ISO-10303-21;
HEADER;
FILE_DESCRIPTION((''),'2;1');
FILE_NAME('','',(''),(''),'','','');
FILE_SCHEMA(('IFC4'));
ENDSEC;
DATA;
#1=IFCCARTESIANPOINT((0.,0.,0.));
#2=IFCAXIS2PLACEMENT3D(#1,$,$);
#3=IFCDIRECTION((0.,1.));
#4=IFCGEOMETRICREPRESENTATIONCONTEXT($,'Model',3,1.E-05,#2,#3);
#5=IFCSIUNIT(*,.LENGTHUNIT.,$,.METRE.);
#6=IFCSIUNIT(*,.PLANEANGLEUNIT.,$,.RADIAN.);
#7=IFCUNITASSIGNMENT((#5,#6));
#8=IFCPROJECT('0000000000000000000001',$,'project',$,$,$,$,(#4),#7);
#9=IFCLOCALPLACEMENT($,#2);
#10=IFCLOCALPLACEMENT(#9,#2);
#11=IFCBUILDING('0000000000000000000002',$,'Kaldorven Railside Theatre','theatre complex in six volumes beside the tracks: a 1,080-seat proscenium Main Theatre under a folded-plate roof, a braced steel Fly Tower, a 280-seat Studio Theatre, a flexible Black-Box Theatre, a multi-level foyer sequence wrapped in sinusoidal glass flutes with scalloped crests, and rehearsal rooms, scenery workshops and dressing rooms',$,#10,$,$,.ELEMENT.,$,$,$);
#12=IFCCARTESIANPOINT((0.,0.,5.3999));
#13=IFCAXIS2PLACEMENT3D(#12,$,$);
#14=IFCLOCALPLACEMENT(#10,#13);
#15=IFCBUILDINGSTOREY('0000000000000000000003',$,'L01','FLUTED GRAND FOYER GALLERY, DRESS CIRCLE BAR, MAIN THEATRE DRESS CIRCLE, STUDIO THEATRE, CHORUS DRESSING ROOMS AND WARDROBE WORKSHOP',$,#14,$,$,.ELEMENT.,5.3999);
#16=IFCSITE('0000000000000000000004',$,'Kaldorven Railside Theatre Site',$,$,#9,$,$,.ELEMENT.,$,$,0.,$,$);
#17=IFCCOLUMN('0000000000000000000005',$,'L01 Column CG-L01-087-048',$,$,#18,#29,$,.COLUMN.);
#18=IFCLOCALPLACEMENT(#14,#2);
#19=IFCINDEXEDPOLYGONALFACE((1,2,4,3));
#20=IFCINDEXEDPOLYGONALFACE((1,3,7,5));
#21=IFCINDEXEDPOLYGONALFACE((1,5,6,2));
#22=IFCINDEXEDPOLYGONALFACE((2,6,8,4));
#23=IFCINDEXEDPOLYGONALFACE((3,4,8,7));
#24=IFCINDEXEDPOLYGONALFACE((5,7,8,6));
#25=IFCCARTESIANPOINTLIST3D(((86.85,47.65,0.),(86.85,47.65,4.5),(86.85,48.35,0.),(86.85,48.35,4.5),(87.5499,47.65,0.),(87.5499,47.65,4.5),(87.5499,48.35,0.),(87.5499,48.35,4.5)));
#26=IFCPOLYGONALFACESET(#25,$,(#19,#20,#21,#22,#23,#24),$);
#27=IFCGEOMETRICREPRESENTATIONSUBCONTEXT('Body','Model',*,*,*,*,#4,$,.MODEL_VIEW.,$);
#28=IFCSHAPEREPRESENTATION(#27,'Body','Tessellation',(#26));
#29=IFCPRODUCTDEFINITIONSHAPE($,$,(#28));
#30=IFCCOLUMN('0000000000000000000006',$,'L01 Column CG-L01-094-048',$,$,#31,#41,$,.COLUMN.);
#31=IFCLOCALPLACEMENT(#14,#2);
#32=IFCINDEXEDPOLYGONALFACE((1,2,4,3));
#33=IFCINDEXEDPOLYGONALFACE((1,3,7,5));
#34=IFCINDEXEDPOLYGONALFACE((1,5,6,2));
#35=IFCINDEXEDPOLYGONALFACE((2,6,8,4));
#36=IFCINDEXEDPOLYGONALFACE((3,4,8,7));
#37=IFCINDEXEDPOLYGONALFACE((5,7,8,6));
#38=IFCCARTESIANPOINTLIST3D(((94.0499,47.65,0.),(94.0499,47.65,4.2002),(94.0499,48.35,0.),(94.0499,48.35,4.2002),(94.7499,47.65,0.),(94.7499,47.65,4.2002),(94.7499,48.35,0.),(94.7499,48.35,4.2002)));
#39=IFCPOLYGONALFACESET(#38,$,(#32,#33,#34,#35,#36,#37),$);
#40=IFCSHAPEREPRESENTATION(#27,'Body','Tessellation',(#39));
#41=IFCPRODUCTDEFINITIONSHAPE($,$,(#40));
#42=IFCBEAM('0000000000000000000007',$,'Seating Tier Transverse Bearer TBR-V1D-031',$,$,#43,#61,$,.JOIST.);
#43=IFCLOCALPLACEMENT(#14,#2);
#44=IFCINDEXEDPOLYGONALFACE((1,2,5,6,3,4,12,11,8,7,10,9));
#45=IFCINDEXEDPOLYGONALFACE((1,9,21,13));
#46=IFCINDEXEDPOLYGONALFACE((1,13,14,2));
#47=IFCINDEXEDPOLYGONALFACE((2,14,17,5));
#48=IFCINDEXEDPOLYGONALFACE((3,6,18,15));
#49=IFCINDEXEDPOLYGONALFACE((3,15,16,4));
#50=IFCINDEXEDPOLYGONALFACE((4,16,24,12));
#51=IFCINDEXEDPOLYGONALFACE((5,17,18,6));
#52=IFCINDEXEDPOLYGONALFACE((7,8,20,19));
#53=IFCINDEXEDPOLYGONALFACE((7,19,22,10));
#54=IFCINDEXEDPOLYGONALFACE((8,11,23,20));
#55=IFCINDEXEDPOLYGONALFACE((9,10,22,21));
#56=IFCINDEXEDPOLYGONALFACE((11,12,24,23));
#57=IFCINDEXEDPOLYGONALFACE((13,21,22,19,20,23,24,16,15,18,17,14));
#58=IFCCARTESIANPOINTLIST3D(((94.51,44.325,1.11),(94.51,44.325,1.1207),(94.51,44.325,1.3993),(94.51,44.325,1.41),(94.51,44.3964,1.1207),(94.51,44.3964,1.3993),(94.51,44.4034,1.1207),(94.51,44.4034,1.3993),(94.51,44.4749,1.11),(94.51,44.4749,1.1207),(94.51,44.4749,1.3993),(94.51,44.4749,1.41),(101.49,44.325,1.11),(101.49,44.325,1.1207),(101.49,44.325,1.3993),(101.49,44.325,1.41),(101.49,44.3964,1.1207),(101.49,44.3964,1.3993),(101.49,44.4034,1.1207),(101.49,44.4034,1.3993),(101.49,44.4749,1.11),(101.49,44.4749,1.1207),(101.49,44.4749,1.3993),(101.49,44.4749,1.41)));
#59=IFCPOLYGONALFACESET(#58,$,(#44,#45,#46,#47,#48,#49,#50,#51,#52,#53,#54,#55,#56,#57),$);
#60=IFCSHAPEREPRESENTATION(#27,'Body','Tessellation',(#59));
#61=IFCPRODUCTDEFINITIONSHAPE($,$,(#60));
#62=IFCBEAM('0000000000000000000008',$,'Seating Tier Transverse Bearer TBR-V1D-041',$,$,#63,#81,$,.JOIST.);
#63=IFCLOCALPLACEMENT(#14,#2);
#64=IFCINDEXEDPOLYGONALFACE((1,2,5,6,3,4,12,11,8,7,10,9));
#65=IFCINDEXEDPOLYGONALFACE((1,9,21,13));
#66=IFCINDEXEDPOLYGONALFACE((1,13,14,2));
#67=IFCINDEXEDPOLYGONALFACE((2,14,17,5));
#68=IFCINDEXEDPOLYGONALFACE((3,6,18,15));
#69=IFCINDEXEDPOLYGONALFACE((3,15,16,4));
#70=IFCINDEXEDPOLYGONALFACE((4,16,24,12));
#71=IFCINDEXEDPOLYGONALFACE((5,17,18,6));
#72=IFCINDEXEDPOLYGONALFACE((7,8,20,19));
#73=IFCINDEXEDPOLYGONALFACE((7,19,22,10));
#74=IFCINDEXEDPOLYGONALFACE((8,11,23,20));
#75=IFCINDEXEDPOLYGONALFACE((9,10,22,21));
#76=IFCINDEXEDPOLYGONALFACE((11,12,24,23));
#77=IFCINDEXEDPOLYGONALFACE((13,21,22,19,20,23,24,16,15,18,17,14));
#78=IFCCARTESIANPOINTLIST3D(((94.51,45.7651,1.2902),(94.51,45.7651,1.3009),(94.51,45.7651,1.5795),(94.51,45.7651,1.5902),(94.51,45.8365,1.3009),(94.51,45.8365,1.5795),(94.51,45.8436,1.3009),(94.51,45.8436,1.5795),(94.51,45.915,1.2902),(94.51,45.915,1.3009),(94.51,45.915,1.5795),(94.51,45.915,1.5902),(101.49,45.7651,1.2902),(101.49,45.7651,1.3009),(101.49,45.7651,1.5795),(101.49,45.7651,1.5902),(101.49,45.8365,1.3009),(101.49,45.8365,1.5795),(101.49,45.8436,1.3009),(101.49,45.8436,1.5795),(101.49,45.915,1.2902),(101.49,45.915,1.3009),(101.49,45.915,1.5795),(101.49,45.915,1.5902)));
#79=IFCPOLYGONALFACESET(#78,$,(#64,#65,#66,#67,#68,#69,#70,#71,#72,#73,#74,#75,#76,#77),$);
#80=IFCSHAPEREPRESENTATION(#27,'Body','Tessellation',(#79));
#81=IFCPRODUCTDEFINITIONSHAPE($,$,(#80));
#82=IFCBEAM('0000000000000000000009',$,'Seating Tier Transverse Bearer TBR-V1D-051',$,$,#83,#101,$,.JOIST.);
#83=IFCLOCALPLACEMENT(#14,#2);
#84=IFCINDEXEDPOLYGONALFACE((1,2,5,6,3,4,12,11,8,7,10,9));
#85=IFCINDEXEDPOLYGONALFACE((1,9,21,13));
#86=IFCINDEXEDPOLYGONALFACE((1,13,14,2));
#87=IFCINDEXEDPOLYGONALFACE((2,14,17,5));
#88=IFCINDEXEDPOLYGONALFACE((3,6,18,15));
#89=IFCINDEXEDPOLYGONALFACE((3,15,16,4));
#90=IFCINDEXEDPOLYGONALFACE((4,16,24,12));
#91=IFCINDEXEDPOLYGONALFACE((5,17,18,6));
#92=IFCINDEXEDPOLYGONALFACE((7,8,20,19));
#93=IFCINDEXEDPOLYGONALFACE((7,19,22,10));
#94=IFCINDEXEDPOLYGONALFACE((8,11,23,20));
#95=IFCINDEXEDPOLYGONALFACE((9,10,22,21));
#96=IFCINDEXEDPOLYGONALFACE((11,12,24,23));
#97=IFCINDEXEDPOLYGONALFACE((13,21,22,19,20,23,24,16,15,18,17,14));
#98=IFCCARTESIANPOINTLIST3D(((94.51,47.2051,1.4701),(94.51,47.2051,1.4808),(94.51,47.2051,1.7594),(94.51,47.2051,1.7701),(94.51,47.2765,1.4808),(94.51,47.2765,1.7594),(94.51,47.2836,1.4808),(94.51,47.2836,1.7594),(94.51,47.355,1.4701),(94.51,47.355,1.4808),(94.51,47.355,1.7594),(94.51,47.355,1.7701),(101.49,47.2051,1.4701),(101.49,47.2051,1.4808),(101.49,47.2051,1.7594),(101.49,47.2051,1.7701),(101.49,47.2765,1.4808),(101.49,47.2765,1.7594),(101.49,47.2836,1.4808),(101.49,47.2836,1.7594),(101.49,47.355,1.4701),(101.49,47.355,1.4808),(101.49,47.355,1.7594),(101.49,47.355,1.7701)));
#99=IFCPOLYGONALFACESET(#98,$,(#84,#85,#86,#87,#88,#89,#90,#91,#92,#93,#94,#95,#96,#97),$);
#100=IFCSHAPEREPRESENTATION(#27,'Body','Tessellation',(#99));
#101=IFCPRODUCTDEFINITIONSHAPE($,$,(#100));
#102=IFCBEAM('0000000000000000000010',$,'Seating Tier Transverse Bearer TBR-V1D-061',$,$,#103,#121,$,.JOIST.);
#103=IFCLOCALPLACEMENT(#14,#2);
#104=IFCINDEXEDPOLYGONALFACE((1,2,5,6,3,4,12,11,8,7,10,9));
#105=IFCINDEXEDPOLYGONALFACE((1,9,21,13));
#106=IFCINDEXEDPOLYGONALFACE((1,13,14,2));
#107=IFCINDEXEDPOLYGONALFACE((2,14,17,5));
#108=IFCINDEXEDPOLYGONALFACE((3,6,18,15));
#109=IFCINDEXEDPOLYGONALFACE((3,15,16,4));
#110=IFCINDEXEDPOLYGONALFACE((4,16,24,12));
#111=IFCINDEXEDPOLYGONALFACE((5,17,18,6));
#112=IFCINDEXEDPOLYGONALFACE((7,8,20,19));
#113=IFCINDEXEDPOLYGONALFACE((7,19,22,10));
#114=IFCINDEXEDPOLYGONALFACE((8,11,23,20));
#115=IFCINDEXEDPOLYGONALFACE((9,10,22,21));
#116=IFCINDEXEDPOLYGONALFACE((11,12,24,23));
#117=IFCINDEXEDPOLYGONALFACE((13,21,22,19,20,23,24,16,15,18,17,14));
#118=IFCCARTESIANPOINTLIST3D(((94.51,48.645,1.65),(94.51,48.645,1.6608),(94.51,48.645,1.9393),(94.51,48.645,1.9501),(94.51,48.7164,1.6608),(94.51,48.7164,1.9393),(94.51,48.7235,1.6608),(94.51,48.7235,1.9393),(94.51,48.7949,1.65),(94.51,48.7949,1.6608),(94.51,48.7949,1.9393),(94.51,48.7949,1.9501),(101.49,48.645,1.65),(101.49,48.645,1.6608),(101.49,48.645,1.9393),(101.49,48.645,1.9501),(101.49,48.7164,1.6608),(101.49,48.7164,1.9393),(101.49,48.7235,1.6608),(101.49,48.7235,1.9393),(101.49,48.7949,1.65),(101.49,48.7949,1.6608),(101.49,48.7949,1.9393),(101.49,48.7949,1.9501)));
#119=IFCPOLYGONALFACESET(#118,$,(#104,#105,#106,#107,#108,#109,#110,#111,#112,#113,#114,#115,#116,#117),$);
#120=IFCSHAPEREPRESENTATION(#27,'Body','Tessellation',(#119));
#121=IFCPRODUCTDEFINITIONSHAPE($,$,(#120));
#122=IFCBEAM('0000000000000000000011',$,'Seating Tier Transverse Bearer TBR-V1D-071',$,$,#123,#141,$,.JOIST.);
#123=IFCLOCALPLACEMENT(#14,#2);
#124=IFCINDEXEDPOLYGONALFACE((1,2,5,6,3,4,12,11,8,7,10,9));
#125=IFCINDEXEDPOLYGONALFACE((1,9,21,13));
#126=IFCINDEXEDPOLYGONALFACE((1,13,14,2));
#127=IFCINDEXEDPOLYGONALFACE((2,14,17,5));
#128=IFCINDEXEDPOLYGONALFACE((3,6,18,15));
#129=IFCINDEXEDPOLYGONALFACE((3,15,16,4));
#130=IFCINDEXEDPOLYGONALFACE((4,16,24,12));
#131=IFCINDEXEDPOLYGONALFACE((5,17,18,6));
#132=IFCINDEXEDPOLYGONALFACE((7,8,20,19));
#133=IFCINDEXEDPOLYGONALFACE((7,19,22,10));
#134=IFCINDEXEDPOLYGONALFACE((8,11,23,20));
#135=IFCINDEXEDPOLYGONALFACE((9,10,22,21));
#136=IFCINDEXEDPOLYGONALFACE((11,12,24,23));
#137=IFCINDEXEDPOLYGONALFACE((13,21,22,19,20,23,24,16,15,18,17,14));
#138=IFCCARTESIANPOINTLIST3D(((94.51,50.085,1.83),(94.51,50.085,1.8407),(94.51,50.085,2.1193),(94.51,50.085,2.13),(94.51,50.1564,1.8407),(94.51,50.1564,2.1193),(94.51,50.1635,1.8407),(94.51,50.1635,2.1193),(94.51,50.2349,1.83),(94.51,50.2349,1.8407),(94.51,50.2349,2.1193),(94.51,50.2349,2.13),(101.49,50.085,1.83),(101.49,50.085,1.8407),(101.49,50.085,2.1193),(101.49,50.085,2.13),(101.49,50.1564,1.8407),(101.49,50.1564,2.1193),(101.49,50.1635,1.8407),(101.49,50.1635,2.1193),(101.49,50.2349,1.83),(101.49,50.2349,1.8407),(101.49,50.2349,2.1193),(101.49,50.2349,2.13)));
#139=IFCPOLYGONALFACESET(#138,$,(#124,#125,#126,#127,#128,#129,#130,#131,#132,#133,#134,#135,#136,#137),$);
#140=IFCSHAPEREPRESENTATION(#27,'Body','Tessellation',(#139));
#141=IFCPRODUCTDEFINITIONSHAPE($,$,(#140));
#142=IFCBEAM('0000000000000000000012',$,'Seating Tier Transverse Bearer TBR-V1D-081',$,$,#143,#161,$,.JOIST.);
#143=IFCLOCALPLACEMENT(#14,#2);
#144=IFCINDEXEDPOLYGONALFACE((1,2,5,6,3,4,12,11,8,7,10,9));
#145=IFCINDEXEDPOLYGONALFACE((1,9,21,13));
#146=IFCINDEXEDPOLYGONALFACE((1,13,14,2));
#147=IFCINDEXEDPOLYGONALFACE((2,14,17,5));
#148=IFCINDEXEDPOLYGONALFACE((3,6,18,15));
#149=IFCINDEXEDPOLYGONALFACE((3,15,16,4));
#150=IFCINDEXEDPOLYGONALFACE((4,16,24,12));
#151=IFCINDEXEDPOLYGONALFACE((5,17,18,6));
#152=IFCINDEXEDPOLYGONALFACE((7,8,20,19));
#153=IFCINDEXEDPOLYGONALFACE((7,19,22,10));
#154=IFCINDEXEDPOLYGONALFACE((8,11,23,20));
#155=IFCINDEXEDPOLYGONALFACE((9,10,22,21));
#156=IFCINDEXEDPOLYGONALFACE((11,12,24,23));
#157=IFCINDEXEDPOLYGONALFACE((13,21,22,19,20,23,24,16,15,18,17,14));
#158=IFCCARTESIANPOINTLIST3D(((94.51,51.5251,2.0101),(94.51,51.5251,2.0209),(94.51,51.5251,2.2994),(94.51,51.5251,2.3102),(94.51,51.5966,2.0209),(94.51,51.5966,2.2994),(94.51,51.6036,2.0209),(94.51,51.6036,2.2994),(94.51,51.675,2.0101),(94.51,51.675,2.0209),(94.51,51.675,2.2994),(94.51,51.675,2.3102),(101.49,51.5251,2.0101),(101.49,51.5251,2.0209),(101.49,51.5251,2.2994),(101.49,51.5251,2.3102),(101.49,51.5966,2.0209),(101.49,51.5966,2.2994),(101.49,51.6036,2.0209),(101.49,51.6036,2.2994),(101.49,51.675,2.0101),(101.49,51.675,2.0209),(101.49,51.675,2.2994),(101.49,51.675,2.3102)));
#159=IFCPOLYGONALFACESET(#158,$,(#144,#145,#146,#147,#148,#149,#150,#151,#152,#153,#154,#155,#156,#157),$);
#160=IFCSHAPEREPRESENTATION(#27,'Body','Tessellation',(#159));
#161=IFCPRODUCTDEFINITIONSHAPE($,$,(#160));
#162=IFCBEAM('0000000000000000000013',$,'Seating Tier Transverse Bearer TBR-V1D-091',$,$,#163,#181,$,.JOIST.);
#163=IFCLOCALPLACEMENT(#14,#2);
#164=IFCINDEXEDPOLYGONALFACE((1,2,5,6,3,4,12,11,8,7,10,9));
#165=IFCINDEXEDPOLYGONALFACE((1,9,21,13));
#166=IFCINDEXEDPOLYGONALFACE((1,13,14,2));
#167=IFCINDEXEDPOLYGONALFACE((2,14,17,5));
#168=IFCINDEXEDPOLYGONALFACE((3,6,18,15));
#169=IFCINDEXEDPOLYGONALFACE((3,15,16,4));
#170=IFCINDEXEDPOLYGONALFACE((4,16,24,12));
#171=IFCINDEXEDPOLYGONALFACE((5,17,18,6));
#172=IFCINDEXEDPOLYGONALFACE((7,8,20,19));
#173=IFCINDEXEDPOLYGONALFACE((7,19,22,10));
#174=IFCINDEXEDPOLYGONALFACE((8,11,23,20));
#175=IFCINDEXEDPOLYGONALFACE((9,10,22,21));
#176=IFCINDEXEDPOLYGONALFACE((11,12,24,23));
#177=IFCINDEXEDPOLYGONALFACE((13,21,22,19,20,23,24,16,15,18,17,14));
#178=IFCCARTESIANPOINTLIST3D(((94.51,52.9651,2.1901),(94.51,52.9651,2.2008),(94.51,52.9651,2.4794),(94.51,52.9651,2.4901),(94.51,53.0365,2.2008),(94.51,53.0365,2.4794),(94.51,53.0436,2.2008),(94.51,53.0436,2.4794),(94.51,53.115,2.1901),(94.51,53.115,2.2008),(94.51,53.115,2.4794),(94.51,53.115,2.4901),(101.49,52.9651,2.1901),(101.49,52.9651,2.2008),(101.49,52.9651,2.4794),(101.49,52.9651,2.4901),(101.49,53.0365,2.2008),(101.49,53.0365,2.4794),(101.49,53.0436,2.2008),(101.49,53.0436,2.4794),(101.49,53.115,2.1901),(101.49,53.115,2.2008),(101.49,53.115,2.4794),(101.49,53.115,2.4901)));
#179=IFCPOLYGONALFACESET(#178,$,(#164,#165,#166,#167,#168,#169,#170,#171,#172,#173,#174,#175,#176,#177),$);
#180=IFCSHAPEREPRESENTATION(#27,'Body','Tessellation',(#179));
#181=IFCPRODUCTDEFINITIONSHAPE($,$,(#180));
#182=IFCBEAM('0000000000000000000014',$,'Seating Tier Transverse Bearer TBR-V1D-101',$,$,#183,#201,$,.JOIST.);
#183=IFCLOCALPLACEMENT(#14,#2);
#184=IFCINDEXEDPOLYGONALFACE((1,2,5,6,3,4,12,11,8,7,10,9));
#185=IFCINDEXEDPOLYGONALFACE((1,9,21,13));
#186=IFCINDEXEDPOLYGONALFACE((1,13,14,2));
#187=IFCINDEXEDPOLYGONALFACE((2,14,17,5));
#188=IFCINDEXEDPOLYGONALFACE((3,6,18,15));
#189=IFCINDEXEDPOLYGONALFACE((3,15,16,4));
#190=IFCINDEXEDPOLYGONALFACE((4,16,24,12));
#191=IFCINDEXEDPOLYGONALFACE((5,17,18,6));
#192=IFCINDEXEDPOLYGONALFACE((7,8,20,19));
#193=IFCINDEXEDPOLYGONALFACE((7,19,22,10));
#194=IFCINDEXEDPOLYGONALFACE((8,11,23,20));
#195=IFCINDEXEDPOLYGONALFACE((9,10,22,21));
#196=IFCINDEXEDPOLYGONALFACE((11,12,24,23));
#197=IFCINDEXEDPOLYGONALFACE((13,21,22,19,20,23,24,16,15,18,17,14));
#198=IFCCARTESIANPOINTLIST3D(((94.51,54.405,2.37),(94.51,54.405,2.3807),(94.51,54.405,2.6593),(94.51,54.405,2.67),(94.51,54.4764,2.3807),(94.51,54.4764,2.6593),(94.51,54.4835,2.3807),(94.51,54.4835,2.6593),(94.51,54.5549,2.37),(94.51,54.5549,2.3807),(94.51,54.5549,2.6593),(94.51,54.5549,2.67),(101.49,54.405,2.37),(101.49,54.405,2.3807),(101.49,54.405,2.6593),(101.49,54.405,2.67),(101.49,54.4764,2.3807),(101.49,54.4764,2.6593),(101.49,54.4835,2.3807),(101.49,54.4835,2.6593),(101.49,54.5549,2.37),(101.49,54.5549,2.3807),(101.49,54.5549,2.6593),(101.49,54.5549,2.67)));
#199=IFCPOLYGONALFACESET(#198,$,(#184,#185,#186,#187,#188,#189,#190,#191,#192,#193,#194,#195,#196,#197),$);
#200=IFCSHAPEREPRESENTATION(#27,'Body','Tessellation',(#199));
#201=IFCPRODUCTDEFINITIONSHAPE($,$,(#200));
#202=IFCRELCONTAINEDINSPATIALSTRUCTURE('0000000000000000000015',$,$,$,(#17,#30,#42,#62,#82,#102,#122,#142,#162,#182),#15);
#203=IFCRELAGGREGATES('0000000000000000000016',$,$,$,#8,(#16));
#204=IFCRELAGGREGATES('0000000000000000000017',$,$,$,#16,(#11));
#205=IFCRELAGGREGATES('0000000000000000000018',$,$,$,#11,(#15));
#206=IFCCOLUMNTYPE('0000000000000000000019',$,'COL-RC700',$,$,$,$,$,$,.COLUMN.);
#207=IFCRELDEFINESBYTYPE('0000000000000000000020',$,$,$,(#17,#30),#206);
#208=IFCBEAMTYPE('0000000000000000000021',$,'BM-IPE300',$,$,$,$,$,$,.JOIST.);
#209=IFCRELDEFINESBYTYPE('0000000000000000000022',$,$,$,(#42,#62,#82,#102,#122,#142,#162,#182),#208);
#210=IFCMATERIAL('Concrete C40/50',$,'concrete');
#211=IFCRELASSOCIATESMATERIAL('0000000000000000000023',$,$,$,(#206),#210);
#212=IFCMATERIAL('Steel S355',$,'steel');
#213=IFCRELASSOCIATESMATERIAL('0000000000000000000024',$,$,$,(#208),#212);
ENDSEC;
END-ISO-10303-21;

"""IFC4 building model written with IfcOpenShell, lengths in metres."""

from ifc_helpers import new_model, si_unit, direction, frame, origin, origin_2d, place, context, subcontext, project, spatial, rectangle, i_section, extrude, material, material_profile, profile_set, type_object, element, save


model = new_model("IFC4")

# Units and contexts
model_context = context("Model", 3, precision=1e-05, world=origin(), true_north=direction((0.0, 1.0)))
body_context = subcontext(model_context, "Body", "Model", "MODEL_VIEW")
ifc_project = project(units=[si_unit("LENGTHUNIT", "METRE"), si_unit("PLANEANGLEUNIT", "RADIAN")], contexts=[model_context])

# Site, building, storey
site_placement = place(None, origin())
site = spatial("IfcSite", under=ifc_project, at=site_placement, Name="Kaldorven Railside Theatre Site", CompositionType="ELEMENT", RefElevation=0.0)
building_placement = place(site_placement, origin())
building = spatial("IfcBuilding", under=site, at=building_placement, Name="Kaldorven Railside Theatre", Description="theatre complex in six volumes beside the tracks: a 1,080-seat proscenium Main Theatre under a folded-plate roof, a braced steel Fly Tower, a 280-seat Studio Theatre, a flexible Black-Box Theatre, a multi-level foyer sequence wrapped in sinusoidal glass flutes with scalloped crests, and rehearsal rooms, scenery workshops and dressing rooms", CompositionType="ELEMENT")
storey_placement = place(building_placement, frame((0.0, 0.0, 5.3999)))
storey = spatial("IfcBuildingStorey", under=building, at=storey_placement, Name="L01", Description="FLUTED GRAND FOYER GALLERY, DRESS CIRCLE BAR, MAIN THEATRE DRESS CIRCLE, STUDIO THEATRE, CHORUS DRESSING ROOMS AND WARDROBE WORKSHOP", CompositionType="ELEMENT", Elevation=5.3999)

# Columns
ifc_material_1 = material(Name="Concrete C40/50", Category="concrete")
ifc_material_profile_1 = material_profile(ifc_material_1, rectangle(XDim=0.7, YDim=0.7, at=origin_2d()), Name="RC 700x700")
ifc_profile_set_1 = profile_set([ifc_material_profile_1], Name="Concrete C40/50")
column_type = type_object("IfcColumnType", Name="COL-RC700", PredefinedType="COLUMN", material=ifc_profile_set_1)
column_1_placement = place(storey_placement, frame((87.2, 48.0, 0.0), z_axis=(0.0, 0.0, 1.0), x_axis=(0.0, 1.0, 0.0)))
element("IfcColumn", 1, at=column_1_placement, inside=storey, type_object=column_type, Name="L01 Column CG-L01-087-048", PredefinedType="COLUMN", context=body_context, shape_type="SweptSolid", body=[
    extrude(rectangle(XDim=0.7, YDim=0.7, at=origin_2d()), origin(), (0.0, 0.0, 1.0), 4.5),
])
column_2_placement = place(storey_placement, frame((94.3999, 48.0, 0.0), z_axis=(0.0, 0.0, 1.0), x_axis=(1.0, 0.0, 0.0)))
element("IfcColumn", 2, at=column_2_placement, inside=storey, type_object=column_type, Name="L01 Column CG-L01-094-048", PredefinedType="COLUMN", context=body_context, shape_type="SweptSolid", body=[
    extrude(rectangle(XDim=0.7, YDim=0.7, at=origin_2d()), origin(), (0.0, 0.0, 1.0), 4.2002),
])

# Beams
ifc_material_2 = material(Name="Steel S355", Category="steel")
ifc_material_profile_2 = material_profile(ifc_material_2, i_section(OverallWidth=0.1499, OverallDepth=0.3, WebThickness=0.0071, FlangeThickness=0.0107, at=origin_2d()), Name="IPE 300")
ifc_profile_set_2 = profile_set([ifc_material_profile_2], Name="Steel S355")
beam_type_1 = type_object("IfcBeamType", Name="BM-IPE300", PredefinedType="JOIST", material=ifc_profile_set_2)
for number, where, z_axis, x_axis, name in (
    (3, (94.51, 44.3999, 1.26), (1.0, 0.0, 0.0), (0.0, 1.0, 0.0), "Seating Tier Transverse Bearer TBR-V1D-031"),
    (4, (94.51, 45.8401, 1.4402), (1.0, 0.0, 0.0), (0.0, 1.0, 0.0), "Seating Tier Transverse Bearer TBR-V1D-041"),
    (5, (94.51, 47.28, 1.6201), (1.0, 0.0, 0.0), (0.0, 1.0, 0.0), "Seating Tier Transverse Bearer TBR-V1D-051"),
    (6, (94.51, 48.72, 1.8), (1.0, 0.0, 0.0), (0.0, 1.0, 0.0), "Seating Tier Transverse Bearer TBR-V1D-061"),
    (7, (94.51, 50.1599, 1.98), (1.0, 0.0, 0.0), (0.0, 1.0, 0.0), "Seating Tier Transverse Bearer TBR-V1D-071"),
    (8, (94.51, 51.6001, 2.1602), (1.0, 0.0, 0.0), (0.0, 1.0, 0.0), "Seating Tier Transverse Bearer TBR-V1D-081"),
    (9, (94.51, 53.04, 2.3401), (1.0, 0.0, 0.0), (0.0, 1.0, 0.0), "Seating Tier Transverse Bearer TBR-V1D-091"),
    (10, (94.51, 54.48, 2.52), (1.0, 0.0, 0.0), (0.0, 1.0, 0.0), "Seating Tier Transverse Bearer TBR-V1D-101"),
):
    element("IfcBeam", number, at=place(storey_placement, frame(where, z_axis=z_axis, x_axis=x_axis)), inside=storey, type_object=beam_type_1, Name=name, PredefinedType="JOIST", context=body_context, shape_type="SweptSolid", body=[
        extrude(i_section(OverallWidth=0.1499, OverallDepth=0.3, WebThickness=0.0071, FlangeThickness=0.0107, at=origin_2d()), origin(), (0.0, 0.0, 1.0), 6.98),
    ])

save(model, "model.ifc")
